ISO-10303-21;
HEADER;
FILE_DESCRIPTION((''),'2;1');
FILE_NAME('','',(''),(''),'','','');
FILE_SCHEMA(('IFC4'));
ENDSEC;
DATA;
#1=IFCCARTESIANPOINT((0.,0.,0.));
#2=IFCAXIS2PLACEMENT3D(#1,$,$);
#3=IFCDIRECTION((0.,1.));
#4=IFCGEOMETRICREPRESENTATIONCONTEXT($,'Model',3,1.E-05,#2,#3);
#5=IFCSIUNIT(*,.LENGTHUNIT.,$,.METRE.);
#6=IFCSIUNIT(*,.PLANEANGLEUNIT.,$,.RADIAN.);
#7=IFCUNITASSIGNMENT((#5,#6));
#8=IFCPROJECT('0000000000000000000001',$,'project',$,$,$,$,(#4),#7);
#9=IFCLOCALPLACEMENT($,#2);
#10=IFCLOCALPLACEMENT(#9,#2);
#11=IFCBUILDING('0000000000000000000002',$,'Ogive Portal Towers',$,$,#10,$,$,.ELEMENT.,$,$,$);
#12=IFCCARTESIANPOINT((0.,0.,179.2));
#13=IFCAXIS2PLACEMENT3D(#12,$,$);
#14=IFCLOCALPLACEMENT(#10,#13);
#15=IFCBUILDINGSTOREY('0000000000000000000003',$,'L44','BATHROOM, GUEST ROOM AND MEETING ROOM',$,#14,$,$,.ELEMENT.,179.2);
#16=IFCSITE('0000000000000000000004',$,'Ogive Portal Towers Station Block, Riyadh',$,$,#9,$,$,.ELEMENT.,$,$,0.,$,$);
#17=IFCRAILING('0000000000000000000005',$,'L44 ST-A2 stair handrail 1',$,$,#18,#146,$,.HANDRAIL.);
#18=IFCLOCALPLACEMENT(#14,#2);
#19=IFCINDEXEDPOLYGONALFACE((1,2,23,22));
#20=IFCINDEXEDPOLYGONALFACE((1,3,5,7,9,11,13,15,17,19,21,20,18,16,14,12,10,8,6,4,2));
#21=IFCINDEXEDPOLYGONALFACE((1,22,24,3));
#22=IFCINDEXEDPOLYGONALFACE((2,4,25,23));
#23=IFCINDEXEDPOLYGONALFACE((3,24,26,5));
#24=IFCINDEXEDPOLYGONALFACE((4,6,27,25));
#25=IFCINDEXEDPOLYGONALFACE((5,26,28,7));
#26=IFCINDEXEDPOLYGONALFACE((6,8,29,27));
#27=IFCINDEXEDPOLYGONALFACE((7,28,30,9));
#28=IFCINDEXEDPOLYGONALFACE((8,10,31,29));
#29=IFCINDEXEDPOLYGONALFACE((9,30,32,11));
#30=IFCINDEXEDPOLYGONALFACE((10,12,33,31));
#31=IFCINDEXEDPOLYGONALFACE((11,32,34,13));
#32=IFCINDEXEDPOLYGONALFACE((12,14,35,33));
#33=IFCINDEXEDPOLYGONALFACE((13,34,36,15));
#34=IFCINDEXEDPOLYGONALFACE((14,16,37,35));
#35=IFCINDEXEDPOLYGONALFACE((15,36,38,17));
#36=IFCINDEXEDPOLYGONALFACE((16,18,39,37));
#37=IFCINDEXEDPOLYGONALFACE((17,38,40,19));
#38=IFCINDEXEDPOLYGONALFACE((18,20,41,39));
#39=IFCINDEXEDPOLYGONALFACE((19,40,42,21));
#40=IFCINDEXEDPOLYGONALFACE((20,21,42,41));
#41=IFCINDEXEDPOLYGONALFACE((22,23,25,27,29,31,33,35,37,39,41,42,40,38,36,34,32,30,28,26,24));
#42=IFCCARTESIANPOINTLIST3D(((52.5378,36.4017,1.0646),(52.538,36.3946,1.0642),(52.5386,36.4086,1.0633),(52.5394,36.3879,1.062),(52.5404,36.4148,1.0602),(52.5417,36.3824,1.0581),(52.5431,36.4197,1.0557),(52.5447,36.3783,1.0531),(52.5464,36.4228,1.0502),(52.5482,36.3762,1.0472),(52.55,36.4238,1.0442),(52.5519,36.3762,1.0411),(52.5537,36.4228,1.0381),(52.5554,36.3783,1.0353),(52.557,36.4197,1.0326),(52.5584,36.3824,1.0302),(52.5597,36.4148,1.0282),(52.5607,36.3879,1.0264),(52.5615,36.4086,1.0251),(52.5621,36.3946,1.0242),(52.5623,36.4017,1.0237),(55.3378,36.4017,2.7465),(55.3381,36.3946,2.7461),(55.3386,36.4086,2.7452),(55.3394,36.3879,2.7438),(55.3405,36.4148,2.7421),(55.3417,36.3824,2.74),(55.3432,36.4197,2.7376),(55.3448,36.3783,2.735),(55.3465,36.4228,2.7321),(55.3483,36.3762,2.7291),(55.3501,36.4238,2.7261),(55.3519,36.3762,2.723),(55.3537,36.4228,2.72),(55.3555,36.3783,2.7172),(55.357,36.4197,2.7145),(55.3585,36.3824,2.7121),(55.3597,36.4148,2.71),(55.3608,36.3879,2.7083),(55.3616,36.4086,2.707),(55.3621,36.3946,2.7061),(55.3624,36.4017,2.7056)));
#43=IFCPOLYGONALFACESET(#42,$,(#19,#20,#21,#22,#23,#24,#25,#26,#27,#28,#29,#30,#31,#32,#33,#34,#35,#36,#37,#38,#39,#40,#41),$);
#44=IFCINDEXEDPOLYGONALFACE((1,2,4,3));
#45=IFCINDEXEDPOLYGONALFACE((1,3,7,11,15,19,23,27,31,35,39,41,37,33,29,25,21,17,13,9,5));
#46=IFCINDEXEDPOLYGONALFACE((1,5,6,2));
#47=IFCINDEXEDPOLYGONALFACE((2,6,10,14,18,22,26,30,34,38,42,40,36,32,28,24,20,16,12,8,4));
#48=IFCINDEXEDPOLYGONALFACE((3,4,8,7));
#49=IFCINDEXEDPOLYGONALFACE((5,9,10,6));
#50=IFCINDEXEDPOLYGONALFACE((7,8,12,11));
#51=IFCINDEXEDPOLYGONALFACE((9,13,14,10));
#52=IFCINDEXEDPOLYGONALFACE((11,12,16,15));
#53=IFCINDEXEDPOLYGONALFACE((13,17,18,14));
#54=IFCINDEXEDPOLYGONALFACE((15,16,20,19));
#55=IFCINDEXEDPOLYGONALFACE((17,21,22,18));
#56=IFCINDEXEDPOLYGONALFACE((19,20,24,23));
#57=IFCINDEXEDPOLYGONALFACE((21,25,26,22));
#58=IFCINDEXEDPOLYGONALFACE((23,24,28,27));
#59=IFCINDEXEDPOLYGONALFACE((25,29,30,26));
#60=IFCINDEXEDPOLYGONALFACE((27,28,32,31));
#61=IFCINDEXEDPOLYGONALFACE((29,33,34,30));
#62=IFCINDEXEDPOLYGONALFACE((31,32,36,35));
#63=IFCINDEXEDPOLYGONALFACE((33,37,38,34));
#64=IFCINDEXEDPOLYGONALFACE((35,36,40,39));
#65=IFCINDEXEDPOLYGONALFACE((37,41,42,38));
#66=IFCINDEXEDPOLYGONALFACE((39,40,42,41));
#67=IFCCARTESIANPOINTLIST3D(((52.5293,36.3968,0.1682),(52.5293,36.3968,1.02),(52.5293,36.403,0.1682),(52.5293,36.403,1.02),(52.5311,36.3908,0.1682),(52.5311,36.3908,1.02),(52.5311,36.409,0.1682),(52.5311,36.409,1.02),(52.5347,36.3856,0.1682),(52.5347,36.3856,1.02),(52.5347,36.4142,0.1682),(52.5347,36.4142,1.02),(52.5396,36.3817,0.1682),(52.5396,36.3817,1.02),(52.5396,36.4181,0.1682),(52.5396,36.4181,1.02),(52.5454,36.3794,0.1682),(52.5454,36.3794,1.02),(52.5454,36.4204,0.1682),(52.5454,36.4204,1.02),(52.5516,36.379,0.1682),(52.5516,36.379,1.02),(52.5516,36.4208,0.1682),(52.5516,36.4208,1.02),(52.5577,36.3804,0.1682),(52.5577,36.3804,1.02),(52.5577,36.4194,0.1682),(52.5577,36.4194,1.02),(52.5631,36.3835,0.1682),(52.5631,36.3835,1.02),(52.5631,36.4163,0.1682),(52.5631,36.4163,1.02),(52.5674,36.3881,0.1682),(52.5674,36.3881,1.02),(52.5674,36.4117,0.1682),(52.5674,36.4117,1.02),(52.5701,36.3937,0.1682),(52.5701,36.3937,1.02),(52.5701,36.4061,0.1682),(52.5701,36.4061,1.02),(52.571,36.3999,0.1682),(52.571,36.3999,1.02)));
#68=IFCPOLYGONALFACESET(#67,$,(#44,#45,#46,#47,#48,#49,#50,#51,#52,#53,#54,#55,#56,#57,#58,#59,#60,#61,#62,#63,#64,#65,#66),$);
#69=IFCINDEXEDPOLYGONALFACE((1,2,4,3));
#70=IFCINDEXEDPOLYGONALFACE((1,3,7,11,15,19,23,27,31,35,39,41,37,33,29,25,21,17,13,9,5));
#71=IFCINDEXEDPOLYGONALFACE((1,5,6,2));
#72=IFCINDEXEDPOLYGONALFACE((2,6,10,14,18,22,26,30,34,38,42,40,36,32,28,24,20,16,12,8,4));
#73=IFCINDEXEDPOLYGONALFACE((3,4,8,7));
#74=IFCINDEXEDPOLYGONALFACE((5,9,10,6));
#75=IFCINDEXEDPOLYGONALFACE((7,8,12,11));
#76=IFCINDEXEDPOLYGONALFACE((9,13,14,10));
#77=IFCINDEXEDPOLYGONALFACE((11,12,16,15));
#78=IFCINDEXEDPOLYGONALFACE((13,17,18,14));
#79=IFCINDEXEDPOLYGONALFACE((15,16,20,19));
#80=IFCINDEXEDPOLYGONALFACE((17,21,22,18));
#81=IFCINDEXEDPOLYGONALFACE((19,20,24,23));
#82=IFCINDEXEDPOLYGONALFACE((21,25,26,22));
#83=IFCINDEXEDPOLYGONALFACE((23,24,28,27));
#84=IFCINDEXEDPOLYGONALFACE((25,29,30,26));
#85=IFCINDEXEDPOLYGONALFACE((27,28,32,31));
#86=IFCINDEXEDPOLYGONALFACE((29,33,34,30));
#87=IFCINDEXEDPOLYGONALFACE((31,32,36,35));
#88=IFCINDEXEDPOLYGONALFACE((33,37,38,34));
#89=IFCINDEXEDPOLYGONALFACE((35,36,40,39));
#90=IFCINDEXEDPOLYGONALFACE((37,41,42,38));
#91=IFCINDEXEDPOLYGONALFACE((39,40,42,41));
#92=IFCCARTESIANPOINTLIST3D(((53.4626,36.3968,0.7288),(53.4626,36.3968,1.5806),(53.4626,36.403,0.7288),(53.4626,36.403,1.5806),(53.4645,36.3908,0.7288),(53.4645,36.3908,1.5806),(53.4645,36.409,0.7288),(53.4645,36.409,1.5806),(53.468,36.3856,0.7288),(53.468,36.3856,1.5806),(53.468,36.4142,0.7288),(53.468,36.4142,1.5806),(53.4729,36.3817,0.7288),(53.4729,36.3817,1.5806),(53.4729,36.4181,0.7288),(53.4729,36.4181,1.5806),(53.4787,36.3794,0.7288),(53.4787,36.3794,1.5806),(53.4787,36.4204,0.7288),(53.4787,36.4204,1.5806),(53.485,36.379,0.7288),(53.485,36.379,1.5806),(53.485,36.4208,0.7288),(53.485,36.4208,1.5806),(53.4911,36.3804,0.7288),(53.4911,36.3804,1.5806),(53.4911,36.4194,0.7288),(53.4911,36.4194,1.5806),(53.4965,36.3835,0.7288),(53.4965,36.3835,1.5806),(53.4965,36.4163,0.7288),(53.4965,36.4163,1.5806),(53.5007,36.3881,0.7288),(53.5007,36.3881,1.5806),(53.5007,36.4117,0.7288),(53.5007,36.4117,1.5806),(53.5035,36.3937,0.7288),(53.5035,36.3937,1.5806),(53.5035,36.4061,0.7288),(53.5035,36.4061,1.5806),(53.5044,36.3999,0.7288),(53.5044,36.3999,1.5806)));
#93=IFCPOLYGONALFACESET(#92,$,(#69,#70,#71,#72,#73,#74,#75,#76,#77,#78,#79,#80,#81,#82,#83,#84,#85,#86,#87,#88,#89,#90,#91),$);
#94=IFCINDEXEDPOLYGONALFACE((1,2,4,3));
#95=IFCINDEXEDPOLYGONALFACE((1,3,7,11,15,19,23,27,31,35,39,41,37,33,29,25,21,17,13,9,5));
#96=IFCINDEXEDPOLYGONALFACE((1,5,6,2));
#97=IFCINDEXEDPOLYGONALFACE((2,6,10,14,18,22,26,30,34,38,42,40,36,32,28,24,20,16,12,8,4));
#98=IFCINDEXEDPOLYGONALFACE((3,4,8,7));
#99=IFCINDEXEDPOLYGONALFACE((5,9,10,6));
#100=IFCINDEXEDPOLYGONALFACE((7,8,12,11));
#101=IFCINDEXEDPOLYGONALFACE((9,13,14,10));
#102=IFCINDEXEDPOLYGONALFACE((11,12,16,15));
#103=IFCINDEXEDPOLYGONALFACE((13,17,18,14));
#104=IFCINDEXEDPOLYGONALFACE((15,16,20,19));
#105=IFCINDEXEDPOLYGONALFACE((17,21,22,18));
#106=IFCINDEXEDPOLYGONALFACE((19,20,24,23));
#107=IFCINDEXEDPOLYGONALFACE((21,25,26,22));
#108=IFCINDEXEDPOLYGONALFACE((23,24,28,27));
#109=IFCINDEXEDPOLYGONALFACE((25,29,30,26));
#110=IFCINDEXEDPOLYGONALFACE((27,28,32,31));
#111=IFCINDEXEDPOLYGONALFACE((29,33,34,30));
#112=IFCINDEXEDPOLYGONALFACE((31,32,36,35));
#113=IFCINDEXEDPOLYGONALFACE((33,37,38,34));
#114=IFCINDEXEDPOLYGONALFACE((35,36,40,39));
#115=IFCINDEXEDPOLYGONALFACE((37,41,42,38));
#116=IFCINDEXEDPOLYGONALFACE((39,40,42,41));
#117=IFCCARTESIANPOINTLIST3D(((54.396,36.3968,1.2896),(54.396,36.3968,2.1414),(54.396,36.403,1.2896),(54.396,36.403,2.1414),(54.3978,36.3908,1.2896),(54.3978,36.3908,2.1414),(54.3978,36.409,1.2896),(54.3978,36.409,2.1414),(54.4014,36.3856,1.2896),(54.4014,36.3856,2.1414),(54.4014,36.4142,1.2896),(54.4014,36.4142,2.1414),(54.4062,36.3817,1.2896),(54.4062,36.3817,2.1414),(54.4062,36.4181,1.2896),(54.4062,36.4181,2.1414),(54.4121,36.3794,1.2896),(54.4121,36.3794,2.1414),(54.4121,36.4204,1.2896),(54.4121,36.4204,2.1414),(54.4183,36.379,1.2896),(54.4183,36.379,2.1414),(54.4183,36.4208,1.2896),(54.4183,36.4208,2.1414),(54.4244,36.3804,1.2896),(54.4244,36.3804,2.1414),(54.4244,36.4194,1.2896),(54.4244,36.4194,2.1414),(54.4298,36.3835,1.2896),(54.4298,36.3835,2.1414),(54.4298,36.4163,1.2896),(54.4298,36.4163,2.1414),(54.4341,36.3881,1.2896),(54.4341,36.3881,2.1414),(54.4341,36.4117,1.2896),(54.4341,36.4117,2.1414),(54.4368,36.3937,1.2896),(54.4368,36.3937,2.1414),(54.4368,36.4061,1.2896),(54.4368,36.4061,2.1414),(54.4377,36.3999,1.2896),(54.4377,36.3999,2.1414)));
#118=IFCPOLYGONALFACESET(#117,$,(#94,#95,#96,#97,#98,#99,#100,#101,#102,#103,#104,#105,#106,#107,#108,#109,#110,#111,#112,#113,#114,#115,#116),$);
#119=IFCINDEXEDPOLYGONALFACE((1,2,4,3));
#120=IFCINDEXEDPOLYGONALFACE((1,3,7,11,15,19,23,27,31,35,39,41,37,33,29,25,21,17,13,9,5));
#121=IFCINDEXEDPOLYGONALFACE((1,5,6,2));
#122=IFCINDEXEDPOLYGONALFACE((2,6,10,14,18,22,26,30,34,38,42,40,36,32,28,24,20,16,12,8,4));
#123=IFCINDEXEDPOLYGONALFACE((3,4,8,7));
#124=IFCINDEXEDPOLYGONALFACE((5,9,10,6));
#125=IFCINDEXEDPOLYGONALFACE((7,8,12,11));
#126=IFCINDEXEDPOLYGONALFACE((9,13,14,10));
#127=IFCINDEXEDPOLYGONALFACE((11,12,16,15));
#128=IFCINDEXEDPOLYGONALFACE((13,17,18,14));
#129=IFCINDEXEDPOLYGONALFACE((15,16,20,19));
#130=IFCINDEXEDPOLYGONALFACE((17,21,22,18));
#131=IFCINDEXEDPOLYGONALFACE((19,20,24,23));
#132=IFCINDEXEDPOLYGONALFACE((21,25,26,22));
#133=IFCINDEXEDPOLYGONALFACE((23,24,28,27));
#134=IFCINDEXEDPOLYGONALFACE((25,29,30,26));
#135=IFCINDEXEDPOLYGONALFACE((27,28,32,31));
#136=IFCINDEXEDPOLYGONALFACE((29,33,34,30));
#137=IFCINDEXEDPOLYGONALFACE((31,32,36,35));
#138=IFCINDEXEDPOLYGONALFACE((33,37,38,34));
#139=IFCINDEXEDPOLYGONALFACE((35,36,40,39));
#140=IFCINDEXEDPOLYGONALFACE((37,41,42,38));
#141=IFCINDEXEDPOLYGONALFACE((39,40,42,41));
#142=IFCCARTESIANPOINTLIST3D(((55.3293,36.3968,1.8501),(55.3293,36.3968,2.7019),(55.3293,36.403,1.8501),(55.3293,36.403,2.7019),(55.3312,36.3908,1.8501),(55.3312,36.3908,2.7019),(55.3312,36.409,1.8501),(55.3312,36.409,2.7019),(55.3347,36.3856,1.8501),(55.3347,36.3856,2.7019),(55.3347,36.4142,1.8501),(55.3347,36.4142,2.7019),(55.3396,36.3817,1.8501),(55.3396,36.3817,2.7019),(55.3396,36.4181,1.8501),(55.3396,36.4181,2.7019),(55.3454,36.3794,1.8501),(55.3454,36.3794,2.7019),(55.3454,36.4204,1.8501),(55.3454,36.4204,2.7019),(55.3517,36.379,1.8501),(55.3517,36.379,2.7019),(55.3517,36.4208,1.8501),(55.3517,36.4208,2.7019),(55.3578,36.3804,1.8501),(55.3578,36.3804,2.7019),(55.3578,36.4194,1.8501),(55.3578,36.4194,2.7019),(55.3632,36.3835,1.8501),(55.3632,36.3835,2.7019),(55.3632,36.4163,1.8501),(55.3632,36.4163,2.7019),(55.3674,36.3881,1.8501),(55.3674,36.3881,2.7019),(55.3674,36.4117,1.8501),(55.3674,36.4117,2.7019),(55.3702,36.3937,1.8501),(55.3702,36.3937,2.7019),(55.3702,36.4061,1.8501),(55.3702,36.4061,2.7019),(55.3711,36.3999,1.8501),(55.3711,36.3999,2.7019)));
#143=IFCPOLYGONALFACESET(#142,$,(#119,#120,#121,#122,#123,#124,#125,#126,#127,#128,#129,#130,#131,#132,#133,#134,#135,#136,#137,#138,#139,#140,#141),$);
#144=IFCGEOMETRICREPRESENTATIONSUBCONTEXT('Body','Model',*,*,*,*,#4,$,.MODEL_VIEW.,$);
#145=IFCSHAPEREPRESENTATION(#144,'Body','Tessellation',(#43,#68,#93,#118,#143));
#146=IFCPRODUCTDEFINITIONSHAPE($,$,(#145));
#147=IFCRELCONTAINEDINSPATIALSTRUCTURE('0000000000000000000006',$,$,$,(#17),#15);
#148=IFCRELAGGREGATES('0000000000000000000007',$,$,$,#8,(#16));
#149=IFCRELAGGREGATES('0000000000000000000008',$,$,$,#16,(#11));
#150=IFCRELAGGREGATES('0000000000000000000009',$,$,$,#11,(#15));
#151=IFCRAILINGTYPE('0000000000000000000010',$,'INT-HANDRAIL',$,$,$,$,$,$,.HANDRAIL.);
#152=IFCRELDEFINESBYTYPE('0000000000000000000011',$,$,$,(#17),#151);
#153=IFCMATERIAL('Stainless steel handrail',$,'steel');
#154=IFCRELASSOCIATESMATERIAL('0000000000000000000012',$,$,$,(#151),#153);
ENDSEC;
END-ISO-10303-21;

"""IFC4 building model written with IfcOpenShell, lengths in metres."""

from ifc_helpers import new_model, si_unit, direction, frame, origin, origin_2d, place, context, subcontext, project, spatial, circle, extrude, material, type_object, element, save


model = new_model("IFC4")

# Units and contexts
model_context = context("Model", 3, precision=1e-05, world=origin(), true_north=direction((0.0, 1.0)))
body_context = subcontext(model_context, "Body", "Model", "MODEL_VIEW")
ifc_project = project(units=[si_unit("LENGTHUNIT", "METRE"), si_unit("PLANEANGLEUNIT", "RADIAN")], contexts=[model_context])

# Site, building, storey
site_placement = place(None, origin())
site = spatial("IfcSite", under=ifc_project, at=site_placement, Name="Ogive Portal Towers Station Block, Riyadh", CompositionType="ELEMENT", RefElevation=0.0)
building_placement = place(site_placement, origin())
building = spatial("IfcBuilding", under=site, at=building_placement, Name="Ogive Portal Towers", CompositionType="ELEMENT")
storey_placement = place(building_placement, frame((0.0, 0.0, 179.2)))
storey = spatial("IfcBuildingStorey", under=building, at=storey_placement, Name="L44", Description="BATHROOM, GUEST ROOM AND MEETING ROOM", CompositionType="ELEMENT", Elevation=179.2)

# Railing
ifc_material_1 = material(Name="Stainless steel handrail", Category="steel")
railing_type_1 = type_object("IfcRailingType", Name="INT-HANDRAIL", PredefinedType="HANDRAIL", material=ifc_material_1)
railing_1_placement = place(storey_placement, frame((52.55, 36.3999, 0.1682)))
element("IfcRailing", 1, at=railing_1_placement, inside=storey, type_object=railing_type_1, Name="L44 ST-A2 stair handrail 1", PredefinedType="HANDRAIL", context=body_context, shape_type="SweptSolid", body=[
    extrude(circle(Radius=0.0239, at=origin_2d()), frame((0.0, 0.0, 0.876), z_axis=(0.857242, 0.0, 0.514913), x_axis=(0.0, 1.0, 0.0)), (0.0, 0.0, 1.0), 3.2664),
    extrude(circle(Radius=0.021, at=origin_2d()), origin(), (0.0, 0.0, 1.0), 0.8518),
    extrude(circle(Radius=0.021, at=origin_2d()), frame((0.9333, 0.0, 0.5605)), (0.0, 0.0, 1.0), 0.8518),
    extrude(circle(Radius=0.021, at=origin_2d()), frame((1.8667, 0.0, 1.1213)), (0.0, 0.0, 1.0), 0.8518),
    extrude(circle(Radius=0.021, at=origin_2d()), frame((2.8, 0.0, 1.6819)), (0.0, 0.0, 1.0), 0.8518),
])

save(model, "model.ifc")
